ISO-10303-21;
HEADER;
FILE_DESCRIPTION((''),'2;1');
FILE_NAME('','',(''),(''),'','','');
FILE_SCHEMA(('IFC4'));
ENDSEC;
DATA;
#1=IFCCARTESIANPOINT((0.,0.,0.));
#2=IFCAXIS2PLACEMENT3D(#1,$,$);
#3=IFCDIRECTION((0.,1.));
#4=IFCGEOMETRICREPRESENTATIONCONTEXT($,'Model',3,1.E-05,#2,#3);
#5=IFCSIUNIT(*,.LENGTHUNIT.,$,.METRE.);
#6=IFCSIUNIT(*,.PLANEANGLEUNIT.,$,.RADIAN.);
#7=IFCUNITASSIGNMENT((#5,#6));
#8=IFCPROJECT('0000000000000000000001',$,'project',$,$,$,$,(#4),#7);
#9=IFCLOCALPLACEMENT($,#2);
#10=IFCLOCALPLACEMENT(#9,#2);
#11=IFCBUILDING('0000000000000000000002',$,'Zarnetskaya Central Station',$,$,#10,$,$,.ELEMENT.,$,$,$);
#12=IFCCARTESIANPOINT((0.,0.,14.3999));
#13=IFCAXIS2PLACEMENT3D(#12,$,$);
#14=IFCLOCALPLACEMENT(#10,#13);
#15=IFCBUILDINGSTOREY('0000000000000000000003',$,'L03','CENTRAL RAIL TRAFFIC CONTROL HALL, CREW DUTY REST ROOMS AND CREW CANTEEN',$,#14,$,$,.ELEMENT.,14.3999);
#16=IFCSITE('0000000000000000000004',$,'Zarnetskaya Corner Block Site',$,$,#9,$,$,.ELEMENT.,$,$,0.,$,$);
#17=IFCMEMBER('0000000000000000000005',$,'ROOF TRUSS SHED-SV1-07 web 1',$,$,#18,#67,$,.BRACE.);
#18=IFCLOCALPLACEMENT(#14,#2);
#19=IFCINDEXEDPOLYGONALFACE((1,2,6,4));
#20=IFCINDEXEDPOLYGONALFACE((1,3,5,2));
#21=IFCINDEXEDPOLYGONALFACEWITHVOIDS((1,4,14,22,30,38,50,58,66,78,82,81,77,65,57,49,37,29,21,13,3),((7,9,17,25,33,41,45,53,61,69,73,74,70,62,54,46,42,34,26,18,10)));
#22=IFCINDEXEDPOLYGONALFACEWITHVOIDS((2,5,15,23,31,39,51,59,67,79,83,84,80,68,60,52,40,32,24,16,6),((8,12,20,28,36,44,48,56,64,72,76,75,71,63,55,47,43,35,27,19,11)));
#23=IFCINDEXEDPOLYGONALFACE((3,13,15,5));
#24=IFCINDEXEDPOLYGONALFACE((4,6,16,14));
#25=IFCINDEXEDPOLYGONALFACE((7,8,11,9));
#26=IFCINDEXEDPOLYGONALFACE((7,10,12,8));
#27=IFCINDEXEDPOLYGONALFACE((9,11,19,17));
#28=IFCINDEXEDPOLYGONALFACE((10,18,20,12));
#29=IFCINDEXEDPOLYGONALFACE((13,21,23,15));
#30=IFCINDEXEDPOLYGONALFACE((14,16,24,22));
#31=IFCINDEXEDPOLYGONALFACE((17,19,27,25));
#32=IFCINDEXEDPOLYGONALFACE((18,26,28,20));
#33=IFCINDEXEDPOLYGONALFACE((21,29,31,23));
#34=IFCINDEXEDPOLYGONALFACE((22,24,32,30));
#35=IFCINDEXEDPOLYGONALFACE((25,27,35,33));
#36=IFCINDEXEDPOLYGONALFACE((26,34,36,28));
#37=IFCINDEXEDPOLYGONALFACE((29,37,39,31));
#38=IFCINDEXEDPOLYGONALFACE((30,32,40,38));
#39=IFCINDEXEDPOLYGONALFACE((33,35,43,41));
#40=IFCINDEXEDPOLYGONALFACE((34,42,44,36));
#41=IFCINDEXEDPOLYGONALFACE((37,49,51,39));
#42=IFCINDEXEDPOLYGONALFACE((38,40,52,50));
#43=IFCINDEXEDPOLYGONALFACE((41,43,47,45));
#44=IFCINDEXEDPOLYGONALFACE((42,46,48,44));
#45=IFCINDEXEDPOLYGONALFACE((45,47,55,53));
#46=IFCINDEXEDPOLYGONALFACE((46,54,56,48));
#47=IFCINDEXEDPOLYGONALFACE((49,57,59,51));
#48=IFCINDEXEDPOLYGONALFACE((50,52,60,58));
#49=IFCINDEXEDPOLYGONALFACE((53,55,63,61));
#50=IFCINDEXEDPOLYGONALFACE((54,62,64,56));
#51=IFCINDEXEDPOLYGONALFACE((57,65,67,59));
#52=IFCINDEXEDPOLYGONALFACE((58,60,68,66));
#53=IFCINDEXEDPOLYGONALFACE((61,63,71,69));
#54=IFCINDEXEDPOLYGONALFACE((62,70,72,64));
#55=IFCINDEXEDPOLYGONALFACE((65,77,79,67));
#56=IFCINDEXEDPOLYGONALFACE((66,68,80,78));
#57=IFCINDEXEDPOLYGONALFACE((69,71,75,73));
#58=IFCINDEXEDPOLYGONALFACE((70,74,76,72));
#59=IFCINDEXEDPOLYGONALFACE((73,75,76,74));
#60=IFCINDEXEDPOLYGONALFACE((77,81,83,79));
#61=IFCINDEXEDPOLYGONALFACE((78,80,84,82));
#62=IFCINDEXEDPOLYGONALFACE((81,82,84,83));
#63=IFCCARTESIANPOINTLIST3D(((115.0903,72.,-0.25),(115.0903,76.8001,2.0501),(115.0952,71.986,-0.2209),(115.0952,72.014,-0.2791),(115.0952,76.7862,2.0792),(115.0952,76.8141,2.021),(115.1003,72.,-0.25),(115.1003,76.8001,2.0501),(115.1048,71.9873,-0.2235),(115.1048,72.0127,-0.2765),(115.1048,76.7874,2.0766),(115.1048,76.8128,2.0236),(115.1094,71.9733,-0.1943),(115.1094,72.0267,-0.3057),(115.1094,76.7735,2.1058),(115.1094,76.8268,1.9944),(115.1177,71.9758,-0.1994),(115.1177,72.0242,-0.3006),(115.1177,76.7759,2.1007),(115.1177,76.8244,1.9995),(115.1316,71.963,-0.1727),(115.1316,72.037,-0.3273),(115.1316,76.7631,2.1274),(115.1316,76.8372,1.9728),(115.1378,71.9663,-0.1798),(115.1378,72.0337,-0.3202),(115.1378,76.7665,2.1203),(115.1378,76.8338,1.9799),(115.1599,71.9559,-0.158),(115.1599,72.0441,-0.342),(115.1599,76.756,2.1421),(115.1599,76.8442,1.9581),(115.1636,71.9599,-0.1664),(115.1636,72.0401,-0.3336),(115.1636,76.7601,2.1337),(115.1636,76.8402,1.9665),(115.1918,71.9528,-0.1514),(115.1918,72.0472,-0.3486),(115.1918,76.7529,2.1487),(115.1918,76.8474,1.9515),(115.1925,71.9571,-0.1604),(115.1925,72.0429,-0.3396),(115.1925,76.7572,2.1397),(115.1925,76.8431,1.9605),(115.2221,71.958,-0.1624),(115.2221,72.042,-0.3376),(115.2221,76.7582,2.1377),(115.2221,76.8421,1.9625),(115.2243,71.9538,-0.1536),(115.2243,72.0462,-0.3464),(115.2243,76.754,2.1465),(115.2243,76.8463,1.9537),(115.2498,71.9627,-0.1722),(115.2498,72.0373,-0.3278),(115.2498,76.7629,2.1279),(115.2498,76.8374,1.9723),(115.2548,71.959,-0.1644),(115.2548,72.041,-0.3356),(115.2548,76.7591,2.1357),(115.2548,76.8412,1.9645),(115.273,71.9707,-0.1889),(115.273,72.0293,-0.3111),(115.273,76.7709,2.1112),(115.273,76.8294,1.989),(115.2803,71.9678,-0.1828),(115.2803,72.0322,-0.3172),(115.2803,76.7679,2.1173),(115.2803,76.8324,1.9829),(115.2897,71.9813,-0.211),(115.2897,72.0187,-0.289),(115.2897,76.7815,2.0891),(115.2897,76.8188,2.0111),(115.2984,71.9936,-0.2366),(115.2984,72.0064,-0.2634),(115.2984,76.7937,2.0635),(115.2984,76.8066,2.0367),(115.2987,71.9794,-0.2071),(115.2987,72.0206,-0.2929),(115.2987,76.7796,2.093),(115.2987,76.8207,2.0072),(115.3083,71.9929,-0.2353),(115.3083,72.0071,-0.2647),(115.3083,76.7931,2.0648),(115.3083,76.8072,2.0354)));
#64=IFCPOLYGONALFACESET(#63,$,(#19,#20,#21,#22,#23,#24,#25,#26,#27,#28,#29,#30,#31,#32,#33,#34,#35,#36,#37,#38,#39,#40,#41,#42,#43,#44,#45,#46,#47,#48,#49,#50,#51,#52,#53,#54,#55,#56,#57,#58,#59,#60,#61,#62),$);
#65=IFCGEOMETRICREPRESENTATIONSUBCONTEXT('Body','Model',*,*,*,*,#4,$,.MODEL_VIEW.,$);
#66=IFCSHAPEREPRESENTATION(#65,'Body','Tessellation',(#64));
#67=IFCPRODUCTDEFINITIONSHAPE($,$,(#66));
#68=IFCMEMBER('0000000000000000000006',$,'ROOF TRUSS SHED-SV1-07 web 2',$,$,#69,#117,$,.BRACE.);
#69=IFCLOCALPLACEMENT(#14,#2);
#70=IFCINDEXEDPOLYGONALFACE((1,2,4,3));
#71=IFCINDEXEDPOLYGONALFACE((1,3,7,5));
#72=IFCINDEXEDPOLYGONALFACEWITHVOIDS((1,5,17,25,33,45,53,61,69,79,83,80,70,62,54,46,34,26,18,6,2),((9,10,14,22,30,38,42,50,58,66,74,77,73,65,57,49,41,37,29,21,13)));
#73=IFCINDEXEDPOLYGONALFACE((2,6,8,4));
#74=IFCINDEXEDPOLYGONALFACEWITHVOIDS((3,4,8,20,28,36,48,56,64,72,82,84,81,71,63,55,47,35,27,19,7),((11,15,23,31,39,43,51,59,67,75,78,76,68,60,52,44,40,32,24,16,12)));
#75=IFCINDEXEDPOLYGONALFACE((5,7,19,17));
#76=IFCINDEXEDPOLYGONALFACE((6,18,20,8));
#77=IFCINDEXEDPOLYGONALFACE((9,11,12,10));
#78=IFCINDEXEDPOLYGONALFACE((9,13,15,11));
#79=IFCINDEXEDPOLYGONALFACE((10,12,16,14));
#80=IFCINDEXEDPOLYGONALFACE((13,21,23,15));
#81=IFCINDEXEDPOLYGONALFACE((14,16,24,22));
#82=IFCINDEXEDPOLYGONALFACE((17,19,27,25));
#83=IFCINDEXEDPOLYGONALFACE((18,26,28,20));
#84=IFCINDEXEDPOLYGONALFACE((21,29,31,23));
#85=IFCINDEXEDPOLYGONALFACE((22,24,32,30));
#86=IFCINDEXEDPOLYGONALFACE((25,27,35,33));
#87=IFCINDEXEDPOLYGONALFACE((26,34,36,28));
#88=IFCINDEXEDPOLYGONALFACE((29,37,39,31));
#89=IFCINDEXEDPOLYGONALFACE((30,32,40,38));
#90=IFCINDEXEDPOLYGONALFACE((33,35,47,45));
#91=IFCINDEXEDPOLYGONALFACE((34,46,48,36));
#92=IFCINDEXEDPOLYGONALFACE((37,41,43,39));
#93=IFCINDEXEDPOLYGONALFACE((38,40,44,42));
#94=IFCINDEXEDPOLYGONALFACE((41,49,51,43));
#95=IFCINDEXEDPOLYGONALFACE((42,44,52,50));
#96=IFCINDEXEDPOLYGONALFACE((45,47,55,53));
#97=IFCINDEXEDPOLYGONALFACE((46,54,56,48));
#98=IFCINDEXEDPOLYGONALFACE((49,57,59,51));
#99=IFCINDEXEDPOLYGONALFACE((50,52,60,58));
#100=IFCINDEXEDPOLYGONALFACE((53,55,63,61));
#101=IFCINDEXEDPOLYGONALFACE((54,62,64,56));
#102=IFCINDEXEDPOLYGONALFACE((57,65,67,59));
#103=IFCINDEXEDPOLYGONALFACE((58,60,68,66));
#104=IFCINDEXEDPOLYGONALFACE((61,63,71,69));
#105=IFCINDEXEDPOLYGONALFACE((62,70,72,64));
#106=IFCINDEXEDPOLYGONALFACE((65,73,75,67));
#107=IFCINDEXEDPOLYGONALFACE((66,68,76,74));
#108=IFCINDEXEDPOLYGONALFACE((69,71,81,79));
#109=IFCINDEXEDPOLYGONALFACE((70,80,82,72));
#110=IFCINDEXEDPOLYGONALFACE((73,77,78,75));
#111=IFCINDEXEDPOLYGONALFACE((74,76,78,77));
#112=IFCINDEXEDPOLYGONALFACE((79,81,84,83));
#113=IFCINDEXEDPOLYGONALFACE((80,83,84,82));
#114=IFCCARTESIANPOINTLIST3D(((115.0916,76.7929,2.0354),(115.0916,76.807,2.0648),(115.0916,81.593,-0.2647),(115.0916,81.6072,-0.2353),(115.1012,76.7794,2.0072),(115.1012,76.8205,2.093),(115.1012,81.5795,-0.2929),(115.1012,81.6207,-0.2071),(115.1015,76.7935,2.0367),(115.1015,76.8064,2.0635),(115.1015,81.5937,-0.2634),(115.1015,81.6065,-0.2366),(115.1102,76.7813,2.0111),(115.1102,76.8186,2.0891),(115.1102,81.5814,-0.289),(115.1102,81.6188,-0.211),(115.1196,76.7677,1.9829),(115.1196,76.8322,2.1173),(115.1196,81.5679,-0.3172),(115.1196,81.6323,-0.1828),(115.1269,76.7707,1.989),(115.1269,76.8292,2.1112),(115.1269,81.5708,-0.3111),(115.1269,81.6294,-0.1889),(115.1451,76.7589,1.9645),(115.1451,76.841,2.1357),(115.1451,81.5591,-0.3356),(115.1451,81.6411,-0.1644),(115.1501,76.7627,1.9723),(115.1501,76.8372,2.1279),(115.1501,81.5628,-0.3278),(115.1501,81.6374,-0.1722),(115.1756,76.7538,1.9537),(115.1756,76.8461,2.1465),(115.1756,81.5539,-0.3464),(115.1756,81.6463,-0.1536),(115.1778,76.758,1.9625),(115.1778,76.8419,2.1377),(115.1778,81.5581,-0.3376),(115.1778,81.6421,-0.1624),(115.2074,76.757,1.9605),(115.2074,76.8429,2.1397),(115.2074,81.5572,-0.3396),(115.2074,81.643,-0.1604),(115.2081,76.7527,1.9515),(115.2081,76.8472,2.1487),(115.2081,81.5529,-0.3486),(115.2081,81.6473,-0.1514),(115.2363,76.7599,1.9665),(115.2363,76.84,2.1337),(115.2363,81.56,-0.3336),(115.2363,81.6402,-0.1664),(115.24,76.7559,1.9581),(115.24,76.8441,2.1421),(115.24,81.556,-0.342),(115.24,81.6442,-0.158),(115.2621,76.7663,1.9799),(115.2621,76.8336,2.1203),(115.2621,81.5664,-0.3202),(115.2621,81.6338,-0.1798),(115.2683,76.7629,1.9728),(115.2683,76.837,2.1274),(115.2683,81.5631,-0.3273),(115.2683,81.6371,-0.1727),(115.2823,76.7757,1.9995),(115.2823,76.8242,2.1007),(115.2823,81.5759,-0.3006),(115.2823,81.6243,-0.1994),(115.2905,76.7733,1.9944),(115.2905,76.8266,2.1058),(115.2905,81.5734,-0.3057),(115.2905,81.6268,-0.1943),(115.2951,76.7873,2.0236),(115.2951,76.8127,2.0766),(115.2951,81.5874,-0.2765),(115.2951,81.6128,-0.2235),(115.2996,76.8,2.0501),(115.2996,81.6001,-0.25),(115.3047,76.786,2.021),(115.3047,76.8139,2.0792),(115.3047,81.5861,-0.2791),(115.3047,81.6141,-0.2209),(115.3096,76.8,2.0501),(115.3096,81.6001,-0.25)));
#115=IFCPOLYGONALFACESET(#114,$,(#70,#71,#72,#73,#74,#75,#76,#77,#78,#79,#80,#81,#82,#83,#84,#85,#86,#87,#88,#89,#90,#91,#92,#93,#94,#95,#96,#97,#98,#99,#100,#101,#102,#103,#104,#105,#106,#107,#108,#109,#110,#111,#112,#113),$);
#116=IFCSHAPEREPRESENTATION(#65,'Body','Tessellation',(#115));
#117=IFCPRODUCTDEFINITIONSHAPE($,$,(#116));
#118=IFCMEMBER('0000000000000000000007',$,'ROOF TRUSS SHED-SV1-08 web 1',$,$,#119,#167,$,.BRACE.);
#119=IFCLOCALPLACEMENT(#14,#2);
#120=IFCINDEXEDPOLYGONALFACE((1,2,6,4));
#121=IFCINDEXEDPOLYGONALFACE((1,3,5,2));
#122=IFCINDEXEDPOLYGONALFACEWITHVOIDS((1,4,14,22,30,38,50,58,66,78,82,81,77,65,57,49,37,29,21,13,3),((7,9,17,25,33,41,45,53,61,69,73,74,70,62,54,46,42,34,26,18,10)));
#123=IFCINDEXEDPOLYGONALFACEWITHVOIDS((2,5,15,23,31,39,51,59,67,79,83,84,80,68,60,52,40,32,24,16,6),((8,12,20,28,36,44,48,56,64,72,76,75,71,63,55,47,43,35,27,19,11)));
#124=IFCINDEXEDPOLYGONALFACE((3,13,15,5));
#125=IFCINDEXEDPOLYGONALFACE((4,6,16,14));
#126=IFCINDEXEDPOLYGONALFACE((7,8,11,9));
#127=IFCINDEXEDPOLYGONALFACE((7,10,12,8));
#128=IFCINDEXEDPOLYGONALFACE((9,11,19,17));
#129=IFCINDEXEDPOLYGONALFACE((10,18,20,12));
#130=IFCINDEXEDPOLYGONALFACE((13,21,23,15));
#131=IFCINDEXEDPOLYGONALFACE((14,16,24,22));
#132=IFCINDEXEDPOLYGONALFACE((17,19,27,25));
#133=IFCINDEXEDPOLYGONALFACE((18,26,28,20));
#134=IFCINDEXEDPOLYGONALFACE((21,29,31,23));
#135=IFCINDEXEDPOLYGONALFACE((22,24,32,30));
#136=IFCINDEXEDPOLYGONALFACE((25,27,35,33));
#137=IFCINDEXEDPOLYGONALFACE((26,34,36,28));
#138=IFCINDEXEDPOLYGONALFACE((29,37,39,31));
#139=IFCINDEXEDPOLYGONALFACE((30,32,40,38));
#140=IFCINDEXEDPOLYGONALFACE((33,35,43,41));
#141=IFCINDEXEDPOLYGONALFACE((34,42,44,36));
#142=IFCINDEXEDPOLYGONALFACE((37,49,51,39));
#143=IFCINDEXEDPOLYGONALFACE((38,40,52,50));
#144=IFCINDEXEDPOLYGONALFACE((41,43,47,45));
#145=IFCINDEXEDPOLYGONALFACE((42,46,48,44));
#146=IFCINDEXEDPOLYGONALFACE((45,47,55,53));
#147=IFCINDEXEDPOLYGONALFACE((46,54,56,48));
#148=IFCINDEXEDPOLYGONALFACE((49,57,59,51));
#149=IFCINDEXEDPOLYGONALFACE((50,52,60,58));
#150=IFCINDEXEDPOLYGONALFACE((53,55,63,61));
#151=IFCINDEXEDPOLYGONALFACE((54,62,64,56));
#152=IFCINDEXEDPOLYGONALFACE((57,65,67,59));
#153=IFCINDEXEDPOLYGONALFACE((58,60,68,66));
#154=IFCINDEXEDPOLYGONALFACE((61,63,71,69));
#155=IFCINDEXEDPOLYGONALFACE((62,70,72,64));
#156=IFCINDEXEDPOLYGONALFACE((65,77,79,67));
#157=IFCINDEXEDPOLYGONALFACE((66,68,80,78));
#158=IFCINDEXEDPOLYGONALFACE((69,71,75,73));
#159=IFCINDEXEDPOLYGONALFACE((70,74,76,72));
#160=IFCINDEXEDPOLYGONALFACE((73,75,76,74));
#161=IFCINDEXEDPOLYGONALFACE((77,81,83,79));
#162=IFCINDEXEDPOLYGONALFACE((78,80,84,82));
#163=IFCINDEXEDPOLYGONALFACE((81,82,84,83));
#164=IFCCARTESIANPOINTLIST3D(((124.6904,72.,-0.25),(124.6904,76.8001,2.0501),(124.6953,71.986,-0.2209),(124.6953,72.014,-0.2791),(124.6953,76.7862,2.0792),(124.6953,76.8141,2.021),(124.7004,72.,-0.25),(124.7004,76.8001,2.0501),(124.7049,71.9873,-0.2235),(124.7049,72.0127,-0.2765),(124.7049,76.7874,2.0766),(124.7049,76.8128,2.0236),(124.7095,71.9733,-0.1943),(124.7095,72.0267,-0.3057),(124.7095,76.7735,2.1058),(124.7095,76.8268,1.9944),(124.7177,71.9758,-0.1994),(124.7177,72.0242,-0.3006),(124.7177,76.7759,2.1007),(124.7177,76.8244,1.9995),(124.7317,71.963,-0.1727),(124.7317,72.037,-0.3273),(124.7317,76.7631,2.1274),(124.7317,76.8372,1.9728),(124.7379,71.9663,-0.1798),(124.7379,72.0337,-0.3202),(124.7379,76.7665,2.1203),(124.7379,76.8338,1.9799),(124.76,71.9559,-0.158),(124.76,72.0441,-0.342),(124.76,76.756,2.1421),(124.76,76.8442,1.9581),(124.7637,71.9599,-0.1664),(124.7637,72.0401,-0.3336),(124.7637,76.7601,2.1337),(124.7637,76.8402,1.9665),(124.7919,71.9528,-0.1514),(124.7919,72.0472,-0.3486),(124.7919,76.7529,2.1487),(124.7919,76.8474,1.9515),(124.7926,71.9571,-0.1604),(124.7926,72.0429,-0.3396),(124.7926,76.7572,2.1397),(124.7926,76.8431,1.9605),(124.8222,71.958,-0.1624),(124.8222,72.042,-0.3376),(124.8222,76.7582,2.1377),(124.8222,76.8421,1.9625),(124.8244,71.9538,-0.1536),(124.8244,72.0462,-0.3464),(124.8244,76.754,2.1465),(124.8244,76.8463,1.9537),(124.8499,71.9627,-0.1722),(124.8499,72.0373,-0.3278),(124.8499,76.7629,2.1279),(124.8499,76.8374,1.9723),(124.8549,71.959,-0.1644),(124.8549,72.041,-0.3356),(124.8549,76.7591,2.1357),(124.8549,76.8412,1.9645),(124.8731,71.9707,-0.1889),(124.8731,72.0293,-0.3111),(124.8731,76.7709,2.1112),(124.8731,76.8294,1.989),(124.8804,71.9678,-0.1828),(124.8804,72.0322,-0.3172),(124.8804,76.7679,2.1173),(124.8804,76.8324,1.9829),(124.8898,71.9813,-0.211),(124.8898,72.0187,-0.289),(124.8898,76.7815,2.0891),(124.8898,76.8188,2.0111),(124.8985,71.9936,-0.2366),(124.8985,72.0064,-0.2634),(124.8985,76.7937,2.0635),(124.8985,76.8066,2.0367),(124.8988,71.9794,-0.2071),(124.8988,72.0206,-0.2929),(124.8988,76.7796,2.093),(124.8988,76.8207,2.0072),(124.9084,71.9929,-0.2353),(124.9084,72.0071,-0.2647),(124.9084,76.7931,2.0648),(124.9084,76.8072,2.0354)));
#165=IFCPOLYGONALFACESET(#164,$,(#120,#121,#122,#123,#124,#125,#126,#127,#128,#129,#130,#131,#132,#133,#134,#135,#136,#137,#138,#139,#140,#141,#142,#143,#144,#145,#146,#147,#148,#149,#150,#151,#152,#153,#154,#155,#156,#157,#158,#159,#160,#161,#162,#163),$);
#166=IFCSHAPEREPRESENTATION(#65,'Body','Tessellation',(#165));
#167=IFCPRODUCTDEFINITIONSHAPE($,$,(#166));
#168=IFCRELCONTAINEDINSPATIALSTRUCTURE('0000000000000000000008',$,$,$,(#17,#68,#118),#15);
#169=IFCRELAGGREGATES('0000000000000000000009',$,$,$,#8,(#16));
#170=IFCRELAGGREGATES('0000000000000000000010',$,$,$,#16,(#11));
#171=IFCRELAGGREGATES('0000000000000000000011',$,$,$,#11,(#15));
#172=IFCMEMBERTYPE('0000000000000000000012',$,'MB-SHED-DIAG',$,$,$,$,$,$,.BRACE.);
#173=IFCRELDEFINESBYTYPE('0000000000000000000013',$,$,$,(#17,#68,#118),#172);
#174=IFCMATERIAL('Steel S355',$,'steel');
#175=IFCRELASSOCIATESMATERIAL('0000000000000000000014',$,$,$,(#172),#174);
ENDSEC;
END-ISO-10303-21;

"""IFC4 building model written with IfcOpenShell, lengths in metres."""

from ifc_helpers import new_model, si_unit, direction, frame, origin, origin_2d, place, context, subcontext, project, spatial, hollow_circle, extrude, material, material_profile, profile_set, type_object, element, save


model = new_model("IFC4")

# Units and contexts
model_context = context("Model", 3, precision=1e-05, world=origin(), true_north=direction((0.0, 1.0)))
body_context = subcontext(model_context, "Body", "Model", "MODEL_VIEW")
ifc_project = project(units=[si_unit("LENGTHUNIT", "METRE"), si_unit("PLANEANGLEUNIT", "RADIAN")], contexts=[model_context])

# Site, building, storey
site_placement = place(None, origin())
site = spatial("IfcSite", under=ifc_project, at=site_placement, Name="Zarnetskaya Corner Block Site", CompositionType="ELEMENT", RefElevation=0.0)
building_placement = place(site_placement, origin())
building = spatial("IfcBuilding", under=site, at=building_placement, Name="Zarnetskaya Central Station", CompositionType="ELEMENT")
storey_placement = place(building_placement, frame((0.0, 0.0, 14.3999)))
storey = spatial("IfcBuildingStorey", under=building, at=storey_placement, Name="L03", Description="CENTRAL RAIL TRAFFIC CONTROL HALL, CREW DUTY REST ROOMS AND CREW CANTEEN", CompositionType="ELEMENT", Elevation=14.3999)

# Shared definitions
ifc_material_1 = material(Name="Steel S355", Category="steel")

# Members
ifc_material_profile_1 = material_profile(ifc_material_1, hollow_circle(Radius=0.1096, WallThickness=0.01, at=origin_2d()), Name="CHS 219.1x10")
ifc_profile_set_1 = profile_set([ifc_material_profile_1], Name="Steel S355")
member_type_1 = type_object("IfcMemberType", Name="MB-SHED-DIAG", PredefinedType="BRACE", material=ifc_profile_set_1)
for number, where, z_axis, x_axis, name in (
    (1, (115.2, 72.0, -0.25), (0.0, 0.901814, 0.432124), (-1.0, 0.0, 0.0), "ROOF TRUSS SHED-SV1-07 web 1"),
    (2, (115.2, 81.6001, -0.25), (0.0, -0.901814, 0.432124), (1.0, 0.0, 0.0), "ROOF TRUSS SHED-SV1-07 web 2"),
    (3, (124.8, 72.0, -0.25), (0.0, 0.901814, 0.432124), (-1.0, 0.0, 0.0), "ROOF TRUSS SHED-SV1-08 web 1"),
):
    element("IfcMember", number, at=place(storey_placement, frame(where, z_axis=z_axis, x_axis=x_axis)), inside=storey, type_object=member_type_1, Name=name, PredefinedType="BRACE", context=body_context, shape_type="SweptSolid", body=[
        extrude(hollow_circle(Radius=0.1096, WallThickness=0.01, at=origin_2d()), origin(), (0.0, 0.0, 1.0), 5.3228),
    ])

save(model, "model.ifc")
